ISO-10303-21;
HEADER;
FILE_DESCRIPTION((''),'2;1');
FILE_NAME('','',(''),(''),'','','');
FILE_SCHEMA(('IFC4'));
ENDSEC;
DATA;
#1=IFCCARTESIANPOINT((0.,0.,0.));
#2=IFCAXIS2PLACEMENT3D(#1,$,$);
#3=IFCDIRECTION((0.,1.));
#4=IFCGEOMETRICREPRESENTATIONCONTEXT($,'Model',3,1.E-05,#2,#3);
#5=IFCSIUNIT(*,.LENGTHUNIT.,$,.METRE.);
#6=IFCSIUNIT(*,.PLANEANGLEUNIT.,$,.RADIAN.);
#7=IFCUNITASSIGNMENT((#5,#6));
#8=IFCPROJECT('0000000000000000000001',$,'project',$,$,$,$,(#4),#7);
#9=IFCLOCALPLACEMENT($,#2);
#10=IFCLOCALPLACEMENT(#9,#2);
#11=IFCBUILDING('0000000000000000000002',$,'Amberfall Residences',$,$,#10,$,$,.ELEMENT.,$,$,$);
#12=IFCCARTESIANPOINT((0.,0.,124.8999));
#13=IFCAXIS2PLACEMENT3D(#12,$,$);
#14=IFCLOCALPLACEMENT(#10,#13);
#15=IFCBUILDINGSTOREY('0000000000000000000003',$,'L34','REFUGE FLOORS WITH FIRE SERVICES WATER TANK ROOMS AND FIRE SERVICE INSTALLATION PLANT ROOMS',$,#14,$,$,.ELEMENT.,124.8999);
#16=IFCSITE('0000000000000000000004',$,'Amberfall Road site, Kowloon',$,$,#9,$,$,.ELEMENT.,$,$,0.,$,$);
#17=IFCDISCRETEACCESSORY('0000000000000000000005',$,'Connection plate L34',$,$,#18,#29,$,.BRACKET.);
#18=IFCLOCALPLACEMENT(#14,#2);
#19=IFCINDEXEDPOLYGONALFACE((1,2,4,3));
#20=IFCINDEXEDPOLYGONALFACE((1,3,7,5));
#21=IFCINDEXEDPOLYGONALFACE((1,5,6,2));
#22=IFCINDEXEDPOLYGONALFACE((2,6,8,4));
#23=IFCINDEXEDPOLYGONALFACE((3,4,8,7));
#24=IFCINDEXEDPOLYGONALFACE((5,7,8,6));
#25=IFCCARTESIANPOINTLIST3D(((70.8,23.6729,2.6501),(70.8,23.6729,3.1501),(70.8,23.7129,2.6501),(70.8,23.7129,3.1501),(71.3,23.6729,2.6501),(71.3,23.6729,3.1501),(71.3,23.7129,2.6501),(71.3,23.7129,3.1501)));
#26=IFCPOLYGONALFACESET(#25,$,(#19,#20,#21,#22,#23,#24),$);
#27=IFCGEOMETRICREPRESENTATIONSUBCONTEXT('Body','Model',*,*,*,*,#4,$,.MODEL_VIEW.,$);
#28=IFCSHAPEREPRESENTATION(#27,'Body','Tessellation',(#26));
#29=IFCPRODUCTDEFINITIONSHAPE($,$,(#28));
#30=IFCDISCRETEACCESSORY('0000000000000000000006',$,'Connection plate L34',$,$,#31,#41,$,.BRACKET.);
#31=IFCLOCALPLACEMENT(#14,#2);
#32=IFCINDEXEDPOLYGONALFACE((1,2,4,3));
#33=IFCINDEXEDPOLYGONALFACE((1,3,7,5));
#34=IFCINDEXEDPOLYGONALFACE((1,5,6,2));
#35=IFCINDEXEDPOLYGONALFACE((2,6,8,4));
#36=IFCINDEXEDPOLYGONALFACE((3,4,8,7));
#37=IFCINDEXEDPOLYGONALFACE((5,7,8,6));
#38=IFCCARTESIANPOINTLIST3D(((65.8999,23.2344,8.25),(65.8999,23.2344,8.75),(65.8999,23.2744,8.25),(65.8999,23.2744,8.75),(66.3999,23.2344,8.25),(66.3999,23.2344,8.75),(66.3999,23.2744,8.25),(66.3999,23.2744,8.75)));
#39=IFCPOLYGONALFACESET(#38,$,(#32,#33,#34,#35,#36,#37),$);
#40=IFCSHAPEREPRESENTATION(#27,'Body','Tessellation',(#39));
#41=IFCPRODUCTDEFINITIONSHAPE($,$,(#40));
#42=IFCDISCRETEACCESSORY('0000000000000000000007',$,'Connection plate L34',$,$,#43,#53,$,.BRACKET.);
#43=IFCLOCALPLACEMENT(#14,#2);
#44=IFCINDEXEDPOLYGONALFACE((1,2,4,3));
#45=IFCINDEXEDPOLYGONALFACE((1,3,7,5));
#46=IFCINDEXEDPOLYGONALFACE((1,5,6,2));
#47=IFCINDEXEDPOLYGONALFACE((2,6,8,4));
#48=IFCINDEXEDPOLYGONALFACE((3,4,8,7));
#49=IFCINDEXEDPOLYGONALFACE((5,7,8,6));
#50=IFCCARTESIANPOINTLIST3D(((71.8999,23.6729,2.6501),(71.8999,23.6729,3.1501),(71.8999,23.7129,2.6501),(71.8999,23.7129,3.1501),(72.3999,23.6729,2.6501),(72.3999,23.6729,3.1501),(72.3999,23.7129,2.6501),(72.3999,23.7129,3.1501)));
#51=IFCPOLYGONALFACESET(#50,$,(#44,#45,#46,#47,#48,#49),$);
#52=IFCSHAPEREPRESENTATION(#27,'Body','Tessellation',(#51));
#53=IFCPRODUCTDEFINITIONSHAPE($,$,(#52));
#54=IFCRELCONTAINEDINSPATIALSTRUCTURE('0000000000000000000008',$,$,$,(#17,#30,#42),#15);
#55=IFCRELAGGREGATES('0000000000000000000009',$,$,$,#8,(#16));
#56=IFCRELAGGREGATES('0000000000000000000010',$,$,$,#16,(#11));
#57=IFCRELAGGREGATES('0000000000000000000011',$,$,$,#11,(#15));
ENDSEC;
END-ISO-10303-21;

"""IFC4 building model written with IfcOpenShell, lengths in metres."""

from ifc_helpers import new_model, si_unit, direction, frame, origin, origin_2d, place, context, subcontext, project, spatial, rectangle, extrude, element, save


model = new_model("IFC4")

# Units and contexts
model_context = context("Model", 3, precision=1e-05, world=origin(), true_north=direction((0.0, 1.0)))
body_context = subcontext(model_context, "Body", "Model", "MODEL_VIEW")
ifc_project = project(units=[si_unit("LENGTHUNIT", "METRE"), si_unit("PLANEANGLEUNIT", "RADIAN")], contexts=[model_context])

# Site, building, storey
site_placement = place(None, origin())
site = spatial("IfcSite", under=ifc_project, at=site_placement, Name="Amberfall Road site, Kowloon", CompositionType="ELEMENT", RefElevation=0.0)
building_placement = place(site_placement, origin())
building = spatial("IfcBuilding", under=site, at=building_placement, Name="Amberfall Residences", CompositionType="ELEMENT")
storey_placement = place(building_placement, frame((0.0, 0.0, 124.8999)))
storey = spatial("IfcBuildingStorey", under=building, at=storey_placement, Name="L34", Description="REFUGE FLOORS WITH FIRE SERVICES WATER TANK ROOMS AND FIRE SERVICE INSTALLATION PLANT ROOMS", CompositionType="ELEMENT", Elevation=124.8999)

# Discrete accessories
for number, where, z_axis, x_axis, name in (
    (1, (71.05, 23.6929, 2.6501), (0.0, 0.0, 1.0), (1.0, 0.0, 0.0), "Connection plate L34"),
    (2, (66.1499, 23.2544, 8.25), (0.0, 0.0, 1.0), (1.0, 0.0, 0.0), "Connection plate L34"),
    (3, (72.1499, 23.6929, 2.6501), (0.0, 0.0, 1.0), (1.0, 0.0, 0.0), "Connection plate L34"),
):
    element("IfcDiscreteAccessory", number, at=place(storey_placement, frame(where, z_axis=z_axis, x_axis=x_axis)), inside=storey, Name=name, PredefinedType="BRACKET", context=body_context, shape_type="SweptSolid", body=[
        extrude(rectangle(XDim=0.5, YDim=0.04, at=origin_2d()), origin(), (0.0, 0.0, 1.0), 0.5),
    ])

save(model, "model.ifc")
